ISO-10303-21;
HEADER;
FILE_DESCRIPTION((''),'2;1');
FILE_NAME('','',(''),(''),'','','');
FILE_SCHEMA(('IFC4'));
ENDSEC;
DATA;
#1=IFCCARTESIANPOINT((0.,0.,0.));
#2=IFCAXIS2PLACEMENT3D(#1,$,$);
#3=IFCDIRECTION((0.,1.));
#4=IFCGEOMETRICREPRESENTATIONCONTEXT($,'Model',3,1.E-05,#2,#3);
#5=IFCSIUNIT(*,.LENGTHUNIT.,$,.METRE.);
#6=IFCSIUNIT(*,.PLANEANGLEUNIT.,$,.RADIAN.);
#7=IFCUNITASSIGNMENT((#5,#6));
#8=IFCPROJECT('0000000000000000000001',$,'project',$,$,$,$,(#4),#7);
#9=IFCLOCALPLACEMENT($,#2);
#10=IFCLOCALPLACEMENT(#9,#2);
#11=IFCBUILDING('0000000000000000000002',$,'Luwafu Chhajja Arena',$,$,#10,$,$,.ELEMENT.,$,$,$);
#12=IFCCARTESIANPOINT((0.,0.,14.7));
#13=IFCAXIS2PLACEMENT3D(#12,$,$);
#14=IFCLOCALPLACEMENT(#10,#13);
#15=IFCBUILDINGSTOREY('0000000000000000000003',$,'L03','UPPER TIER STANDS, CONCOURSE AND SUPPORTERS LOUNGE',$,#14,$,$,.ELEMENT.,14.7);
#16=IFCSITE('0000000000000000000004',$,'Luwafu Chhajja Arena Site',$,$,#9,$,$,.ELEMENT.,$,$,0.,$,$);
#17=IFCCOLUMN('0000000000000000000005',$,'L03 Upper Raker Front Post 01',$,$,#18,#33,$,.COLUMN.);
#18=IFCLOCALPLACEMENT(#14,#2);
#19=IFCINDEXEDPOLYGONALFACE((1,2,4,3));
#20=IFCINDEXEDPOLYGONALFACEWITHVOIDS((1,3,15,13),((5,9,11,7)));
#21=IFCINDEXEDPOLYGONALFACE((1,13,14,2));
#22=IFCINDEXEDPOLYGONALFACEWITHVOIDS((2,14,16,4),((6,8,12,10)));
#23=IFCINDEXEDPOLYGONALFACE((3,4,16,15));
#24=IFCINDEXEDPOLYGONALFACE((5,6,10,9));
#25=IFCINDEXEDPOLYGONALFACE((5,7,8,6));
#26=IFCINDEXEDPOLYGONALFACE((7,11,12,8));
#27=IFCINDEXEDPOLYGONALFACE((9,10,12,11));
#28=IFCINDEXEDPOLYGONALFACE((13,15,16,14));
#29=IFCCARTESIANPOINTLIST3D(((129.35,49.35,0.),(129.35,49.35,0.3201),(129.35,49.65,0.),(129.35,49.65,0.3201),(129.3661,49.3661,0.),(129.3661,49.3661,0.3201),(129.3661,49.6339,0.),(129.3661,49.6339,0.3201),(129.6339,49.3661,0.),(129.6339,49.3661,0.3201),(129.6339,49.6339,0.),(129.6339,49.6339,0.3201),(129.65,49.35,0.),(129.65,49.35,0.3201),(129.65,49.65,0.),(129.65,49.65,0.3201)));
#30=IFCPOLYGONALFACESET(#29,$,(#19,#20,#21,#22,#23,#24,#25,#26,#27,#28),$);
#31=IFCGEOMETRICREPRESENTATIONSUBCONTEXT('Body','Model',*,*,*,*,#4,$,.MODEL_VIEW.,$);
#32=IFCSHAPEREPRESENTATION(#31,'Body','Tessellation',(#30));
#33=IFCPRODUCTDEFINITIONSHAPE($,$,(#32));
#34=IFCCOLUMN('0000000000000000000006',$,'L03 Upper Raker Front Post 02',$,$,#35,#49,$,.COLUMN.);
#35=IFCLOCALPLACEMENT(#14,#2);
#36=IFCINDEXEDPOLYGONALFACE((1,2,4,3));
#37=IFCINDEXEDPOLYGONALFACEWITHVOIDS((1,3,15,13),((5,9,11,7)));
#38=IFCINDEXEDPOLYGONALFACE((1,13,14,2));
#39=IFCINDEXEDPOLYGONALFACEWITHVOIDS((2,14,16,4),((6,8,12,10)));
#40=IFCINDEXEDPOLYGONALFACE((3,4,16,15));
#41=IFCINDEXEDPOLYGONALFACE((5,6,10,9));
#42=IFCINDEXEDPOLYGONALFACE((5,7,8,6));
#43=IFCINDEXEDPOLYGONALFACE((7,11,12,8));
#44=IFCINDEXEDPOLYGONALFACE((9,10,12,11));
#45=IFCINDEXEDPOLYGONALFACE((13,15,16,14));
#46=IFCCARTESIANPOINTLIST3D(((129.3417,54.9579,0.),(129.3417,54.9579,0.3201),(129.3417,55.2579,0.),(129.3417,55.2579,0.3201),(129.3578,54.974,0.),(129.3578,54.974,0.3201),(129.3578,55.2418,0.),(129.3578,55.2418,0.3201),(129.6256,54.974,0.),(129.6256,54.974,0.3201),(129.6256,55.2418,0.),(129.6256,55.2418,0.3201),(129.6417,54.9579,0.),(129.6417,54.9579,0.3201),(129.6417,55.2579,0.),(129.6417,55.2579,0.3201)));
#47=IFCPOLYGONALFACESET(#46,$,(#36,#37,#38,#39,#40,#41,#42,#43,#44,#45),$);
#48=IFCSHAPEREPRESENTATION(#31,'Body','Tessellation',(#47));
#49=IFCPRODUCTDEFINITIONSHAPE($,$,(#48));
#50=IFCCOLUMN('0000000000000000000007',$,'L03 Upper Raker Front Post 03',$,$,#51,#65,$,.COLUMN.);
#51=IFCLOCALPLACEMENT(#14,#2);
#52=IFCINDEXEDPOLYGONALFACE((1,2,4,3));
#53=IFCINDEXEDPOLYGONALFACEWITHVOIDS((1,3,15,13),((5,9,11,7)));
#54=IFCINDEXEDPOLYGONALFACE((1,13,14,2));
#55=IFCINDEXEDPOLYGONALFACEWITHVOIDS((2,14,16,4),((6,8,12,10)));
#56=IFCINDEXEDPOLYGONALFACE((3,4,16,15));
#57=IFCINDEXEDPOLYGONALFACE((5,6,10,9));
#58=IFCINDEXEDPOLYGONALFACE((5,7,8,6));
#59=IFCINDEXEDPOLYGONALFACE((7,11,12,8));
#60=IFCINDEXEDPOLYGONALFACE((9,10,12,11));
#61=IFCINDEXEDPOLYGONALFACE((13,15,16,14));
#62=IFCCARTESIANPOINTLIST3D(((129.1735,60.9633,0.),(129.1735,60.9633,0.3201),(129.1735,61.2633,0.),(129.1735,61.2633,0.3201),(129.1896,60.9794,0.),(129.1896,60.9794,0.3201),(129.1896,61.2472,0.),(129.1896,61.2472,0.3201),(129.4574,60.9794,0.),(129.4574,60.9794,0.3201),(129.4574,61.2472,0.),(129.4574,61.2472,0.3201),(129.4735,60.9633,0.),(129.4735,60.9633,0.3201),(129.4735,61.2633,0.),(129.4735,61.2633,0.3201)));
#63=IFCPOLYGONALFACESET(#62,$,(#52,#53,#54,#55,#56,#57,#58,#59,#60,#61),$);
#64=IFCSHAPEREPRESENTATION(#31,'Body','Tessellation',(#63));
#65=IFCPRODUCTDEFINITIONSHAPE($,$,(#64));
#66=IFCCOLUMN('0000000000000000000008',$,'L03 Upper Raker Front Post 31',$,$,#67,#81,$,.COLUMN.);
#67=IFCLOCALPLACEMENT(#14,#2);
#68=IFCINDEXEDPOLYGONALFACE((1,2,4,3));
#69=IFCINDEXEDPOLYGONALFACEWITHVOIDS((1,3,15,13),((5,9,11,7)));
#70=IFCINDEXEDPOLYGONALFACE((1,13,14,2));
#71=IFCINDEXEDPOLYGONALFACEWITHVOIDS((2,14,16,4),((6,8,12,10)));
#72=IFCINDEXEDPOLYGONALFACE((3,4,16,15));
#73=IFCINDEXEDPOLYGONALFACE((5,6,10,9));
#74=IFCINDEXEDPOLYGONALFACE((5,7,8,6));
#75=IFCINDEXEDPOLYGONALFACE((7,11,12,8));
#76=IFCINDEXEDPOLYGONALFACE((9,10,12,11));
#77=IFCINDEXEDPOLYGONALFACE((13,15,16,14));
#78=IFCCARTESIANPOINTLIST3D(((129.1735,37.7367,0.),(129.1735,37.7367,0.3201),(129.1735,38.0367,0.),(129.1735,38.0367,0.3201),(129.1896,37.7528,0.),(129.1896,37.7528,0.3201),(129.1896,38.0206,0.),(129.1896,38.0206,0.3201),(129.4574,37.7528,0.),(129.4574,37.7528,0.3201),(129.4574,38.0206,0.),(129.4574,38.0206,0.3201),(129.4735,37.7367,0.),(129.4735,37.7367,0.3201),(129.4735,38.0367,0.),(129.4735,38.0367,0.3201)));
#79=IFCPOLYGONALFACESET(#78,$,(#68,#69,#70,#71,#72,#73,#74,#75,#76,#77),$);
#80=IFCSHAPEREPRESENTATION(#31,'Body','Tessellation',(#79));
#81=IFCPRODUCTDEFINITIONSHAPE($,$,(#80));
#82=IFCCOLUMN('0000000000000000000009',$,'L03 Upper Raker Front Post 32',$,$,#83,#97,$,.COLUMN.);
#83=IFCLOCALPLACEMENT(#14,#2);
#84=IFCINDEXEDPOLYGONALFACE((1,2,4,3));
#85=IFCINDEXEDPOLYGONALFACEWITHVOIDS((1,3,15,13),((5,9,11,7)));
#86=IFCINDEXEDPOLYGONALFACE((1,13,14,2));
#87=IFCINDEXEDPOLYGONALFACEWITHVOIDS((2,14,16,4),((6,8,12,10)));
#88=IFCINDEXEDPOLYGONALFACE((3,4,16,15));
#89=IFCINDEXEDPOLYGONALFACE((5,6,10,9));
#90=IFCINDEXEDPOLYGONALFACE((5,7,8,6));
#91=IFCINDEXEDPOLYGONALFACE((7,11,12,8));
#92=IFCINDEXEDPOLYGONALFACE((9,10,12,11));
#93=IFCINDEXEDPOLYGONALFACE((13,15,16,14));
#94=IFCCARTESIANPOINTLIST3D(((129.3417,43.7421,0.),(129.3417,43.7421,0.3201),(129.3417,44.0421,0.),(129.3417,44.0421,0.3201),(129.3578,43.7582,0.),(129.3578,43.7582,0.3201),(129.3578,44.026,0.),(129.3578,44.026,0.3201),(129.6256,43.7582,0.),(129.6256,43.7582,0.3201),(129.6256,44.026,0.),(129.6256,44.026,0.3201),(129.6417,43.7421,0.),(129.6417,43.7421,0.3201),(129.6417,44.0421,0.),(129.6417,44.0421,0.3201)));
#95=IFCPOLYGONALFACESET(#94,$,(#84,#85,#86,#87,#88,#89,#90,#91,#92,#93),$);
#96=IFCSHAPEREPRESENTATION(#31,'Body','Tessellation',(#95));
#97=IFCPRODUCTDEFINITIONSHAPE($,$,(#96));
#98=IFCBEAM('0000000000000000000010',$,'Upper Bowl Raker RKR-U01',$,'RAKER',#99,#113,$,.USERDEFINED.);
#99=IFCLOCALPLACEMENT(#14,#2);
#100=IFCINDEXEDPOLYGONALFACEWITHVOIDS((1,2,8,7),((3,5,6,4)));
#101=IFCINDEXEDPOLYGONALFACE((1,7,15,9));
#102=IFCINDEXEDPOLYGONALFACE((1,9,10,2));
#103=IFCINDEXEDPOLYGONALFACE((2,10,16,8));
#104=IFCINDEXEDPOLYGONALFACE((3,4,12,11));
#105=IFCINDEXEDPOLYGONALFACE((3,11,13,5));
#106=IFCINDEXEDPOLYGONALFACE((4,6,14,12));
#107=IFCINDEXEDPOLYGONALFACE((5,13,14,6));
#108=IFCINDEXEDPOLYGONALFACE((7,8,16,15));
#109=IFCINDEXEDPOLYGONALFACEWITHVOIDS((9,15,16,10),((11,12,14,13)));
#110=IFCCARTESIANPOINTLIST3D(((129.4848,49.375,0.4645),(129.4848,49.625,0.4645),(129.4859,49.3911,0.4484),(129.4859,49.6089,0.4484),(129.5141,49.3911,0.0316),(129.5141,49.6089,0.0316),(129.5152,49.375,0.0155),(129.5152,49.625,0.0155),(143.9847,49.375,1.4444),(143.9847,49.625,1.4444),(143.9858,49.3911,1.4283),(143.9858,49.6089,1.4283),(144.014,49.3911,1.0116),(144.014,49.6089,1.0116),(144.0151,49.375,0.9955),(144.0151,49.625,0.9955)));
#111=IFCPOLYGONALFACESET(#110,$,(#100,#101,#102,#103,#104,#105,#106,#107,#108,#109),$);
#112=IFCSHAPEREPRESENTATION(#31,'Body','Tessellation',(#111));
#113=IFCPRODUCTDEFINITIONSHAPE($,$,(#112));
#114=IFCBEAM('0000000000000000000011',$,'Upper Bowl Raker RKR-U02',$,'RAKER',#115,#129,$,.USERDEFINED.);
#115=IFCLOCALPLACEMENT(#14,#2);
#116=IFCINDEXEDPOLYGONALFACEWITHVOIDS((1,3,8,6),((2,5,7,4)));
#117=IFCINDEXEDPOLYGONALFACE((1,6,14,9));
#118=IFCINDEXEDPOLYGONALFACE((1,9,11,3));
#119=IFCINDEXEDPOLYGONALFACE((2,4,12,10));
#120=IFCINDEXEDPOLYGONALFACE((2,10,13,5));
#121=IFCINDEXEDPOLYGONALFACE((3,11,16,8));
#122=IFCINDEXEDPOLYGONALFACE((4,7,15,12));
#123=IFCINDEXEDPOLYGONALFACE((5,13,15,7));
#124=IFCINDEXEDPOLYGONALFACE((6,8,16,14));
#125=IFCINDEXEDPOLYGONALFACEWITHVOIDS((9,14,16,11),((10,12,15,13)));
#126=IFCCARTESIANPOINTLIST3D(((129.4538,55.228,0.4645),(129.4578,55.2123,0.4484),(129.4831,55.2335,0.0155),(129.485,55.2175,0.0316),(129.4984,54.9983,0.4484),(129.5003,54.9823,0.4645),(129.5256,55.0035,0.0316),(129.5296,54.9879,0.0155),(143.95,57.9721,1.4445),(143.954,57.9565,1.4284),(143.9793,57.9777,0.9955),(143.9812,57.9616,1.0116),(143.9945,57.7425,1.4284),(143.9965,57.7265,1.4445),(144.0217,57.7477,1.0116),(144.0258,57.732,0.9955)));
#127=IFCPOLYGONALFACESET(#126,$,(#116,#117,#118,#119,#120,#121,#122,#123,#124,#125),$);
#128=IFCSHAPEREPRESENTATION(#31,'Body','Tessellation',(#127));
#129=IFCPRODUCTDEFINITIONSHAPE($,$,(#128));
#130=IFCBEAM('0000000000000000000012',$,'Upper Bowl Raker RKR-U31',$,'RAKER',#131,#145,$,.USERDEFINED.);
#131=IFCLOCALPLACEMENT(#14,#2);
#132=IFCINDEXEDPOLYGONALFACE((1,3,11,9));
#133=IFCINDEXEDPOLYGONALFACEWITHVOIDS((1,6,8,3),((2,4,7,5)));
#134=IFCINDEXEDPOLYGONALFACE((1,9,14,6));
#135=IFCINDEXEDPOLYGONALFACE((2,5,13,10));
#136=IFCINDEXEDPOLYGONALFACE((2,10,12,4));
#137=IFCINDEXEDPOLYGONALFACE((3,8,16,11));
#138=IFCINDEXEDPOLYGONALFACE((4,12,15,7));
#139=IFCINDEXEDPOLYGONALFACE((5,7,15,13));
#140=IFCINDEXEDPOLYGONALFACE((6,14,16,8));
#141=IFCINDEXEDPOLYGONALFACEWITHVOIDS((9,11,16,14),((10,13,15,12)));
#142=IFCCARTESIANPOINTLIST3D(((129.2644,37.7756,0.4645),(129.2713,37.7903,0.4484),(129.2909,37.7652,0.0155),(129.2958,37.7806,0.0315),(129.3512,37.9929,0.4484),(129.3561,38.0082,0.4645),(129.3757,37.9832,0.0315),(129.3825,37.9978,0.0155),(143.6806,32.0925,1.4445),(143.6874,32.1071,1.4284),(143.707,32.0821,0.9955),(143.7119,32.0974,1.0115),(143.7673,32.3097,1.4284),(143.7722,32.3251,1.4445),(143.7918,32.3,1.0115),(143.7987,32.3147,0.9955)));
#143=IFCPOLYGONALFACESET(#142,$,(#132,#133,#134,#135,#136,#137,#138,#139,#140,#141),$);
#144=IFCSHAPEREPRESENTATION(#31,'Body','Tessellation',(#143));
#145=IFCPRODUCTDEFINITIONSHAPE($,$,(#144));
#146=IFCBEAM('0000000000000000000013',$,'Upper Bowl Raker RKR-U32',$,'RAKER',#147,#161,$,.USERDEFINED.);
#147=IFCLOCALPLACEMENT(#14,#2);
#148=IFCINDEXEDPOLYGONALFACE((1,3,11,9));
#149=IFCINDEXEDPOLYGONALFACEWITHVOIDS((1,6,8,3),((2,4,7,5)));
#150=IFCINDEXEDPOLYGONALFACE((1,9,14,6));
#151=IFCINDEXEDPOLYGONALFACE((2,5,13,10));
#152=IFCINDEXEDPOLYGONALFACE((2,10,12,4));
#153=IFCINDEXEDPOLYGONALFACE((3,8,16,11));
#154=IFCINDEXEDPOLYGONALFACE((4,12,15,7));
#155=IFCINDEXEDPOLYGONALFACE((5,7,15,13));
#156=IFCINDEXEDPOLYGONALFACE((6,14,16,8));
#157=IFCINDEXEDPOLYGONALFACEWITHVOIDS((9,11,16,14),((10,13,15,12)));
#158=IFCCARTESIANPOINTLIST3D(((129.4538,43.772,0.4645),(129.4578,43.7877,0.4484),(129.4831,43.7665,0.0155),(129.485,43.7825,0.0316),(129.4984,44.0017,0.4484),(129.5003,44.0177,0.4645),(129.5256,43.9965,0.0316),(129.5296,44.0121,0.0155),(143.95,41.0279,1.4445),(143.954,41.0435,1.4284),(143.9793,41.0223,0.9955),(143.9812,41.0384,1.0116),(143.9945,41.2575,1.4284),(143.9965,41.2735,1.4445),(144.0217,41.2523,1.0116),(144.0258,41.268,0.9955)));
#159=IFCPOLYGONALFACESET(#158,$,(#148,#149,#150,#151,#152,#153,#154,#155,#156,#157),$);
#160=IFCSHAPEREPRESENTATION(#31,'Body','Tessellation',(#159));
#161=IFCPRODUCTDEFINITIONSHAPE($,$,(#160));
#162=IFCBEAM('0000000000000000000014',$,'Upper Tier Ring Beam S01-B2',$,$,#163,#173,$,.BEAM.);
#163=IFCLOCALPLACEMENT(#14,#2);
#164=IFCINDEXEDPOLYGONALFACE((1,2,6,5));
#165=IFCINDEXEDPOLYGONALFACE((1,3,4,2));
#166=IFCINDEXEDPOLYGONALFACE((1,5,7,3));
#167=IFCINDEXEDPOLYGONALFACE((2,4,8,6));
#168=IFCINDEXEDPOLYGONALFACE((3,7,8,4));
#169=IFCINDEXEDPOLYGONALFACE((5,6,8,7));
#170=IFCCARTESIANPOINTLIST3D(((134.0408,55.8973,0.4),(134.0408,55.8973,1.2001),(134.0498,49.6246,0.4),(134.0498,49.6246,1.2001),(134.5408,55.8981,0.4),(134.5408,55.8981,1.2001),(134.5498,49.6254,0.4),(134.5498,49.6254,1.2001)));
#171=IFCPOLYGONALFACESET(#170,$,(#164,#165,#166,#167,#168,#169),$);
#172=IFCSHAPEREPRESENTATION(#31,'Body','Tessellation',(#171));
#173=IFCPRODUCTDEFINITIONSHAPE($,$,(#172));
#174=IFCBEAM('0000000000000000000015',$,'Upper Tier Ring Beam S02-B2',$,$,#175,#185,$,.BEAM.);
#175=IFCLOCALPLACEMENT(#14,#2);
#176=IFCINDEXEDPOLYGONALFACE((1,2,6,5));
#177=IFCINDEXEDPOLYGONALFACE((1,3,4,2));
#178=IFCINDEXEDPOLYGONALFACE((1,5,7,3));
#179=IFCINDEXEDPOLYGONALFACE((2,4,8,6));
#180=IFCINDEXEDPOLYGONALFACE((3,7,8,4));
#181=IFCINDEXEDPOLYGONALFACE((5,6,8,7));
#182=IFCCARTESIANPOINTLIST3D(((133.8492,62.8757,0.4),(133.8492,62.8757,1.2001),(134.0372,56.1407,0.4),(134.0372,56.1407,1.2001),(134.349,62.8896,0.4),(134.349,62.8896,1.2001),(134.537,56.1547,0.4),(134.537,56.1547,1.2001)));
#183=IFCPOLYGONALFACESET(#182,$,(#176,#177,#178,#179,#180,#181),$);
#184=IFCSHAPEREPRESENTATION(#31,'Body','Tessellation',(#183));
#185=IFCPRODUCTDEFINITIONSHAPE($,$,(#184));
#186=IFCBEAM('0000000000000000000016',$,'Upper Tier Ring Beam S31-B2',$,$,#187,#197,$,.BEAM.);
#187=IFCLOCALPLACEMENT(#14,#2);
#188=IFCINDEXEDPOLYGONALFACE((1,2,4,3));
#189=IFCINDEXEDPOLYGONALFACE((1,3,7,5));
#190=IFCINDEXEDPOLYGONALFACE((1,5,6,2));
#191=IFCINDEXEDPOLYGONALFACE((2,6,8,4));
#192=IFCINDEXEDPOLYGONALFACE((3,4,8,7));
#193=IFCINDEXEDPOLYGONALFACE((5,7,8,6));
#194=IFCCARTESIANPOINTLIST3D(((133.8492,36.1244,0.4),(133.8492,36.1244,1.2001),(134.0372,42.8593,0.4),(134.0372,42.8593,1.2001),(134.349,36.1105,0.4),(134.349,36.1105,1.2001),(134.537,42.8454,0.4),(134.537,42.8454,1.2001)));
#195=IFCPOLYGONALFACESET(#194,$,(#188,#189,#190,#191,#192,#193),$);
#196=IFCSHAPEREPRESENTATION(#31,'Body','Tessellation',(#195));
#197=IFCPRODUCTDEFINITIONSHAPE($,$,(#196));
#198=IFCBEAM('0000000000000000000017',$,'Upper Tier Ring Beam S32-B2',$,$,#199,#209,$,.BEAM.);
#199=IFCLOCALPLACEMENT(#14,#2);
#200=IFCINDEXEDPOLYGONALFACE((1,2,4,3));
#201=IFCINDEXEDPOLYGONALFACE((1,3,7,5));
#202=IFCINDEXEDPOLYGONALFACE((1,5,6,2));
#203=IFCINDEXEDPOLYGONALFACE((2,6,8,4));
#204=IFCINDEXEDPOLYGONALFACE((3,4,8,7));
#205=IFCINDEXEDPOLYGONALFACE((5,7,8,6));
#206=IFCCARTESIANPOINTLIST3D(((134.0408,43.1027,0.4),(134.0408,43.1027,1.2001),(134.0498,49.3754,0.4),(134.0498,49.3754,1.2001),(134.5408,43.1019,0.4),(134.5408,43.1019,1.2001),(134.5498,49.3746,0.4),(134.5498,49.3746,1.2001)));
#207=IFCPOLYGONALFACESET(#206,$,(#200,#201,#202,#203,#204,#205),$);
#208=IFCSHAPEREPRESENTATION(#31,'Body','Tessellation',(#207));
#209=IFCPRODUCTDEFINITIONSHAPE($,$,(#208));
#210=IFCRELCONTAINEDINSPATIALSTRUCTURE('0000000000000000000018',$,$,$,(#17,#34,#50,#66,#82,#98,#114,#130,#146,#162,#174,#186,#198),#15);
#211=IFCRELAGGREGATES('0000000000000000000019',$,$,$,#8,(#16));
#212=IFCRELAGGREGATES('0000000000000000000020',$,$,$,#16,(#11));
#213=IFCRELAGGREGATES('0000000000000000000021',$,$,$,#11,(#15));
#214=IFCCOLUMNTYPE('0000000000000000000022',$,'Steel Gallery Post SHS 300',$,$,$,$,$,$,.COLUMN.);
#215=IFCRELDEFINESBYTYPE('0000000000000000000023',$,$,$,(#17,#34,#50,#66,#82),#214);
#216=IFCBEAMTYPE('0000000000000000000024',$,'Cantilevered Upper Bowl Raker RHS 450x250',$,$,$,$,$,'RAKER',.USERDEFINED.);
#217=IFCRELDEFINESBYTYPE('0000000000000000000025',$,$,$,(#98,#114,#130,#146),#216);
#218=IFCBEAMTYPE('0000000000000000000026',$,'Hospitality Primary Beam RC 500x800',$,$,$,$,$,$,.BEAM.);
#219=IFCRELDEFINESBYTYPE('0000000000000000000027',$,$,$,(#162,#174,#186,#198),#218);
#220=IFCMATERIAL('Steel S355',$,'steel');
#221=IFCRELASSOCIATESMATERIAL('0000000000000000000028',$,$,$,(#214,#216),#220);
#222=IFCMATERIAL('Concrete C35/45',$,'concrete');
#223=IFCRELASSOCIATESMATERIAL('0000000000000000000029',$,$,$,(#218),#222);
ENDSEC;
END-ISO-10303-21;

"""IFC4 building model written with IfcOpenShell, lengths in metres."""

from ifc_helpers import new_model, si_unit, direction, frame, origin, origin_2d, place, context, subcontext, project, spatial, rectangle, hollow_rectangle, extrude, material, material_profile, profile_set, type_object, element, save


model = new_model("IFC4")

# Units and contexts
model_context = context("Model", 3, precision=1e-05, world=origin(), true_north=direction((0.0, 1.0)))
body_context = subcontext(model_context, "Body", "Model", "MODEL_VIEW")
ifc_project = project(units=[si_unit("LENGTHUNIT", "METRE"), si_unit("PLANEANGLEUNIT", "RADIAN")], contexts=[model_context])

# Site, building, storey
site_placement = place(None, origin())
site = spatial("IfcSite", under=ifc_project, at=site_placement, Name="Luwafu Chhajja Arena Site", CompositionType="ELEMENT", RefElevation=0.0)
building_placement = place(site_placement, origin())
building = spatial("IfcBuilding", under=site, at=building_placement, Name="Luwafu Chhajja Arena", CompositionType="ELEMENT")
storey_placement = place(building_placement, frame((0.0, 0.0, 14.7)))
storey = spatial("IfcBuildingStorey", under=building, at=storey_placement, Name="L03", Description="UPPER TIER STANDS, CONCOURSE AND SUPPORTERS LOUNGE", CompositionType="ELEMENT", Elevation=14.7)

# Columns
ifc_material_1 = material(Name="Steel S355", Category="steel")
ifc_material_profile_1 = material_profile(ifc_material_1, hollow_rectangle(XDim=0.3, YDim=0.3, WallThickness=0.0161, at=origin_2d()), Name="SHS 300x300x16")
ifc_profile_set_1 = profile_set([ifc_material_profile_1], Name="Steel S355")
column_type = type_object("IfcColumnType", Name="Steel Gallery Post SHS 300", PredefinedType="COLUMN", material=ifc_profile_set_1)
for number, where, z_axis, x_axis, name in (
    (1, (129.5, 49.5, 0.0), (0.0, 0.0, 1.0), (1.0, 0.0, 0.0), "L03 Upper Raker Front Post 01"),
    (2, (129.4917, 55.1079, 0.0), (0.0, 0.0, 1.0), (1.0, 0.0, 0.0), "L03 Upper Raker Front Post 02"),
    (3, (129.3235, 61.1133, 0.0), (0.0, 0.0, 1.0), (1.0, 0.0, 0.0), "L03 Upper Raker Front Post 03"),
    (4, (129.3235, 37.8867, 0.0), (0.0, 0.0, 1.0), (1.0, 0.0, 0.0), "L03 Upper Raker Front Post 31"),
    (5, (129.4917, 43.8921, 0.0), (0.0, 0.0, 1.0), (1.0, 0.0, 0.0), "L03 Upper Raker Front Post 32"),
):
    element("IfcColumn", number, at=place(storey_placement, frame(where, z_axis=z_axis, x_axis=x_axis)), inside=storey, type_object=column_type, Name=name, PredefinedType="COLUMN", context=body_context, shape_type="SweptSolid", body=[
        extrude(hollow_rectangle(XDim=0.3, YDim=0.3, WallThickness=0.0161, at=origin_2d()), origin(), (0.0, 0.0, 1.0), 0.3201),
    ])

# Beams
ifc_material_profile_2 = material_profile(ifc_material_1, hollow_rectangle(XDim=0.25, YDim=0.45, WallThickness=0.0161, at=origin_2d()), Name="RHS 450x250x16")
ifc_profile_set_2 = profile_set([ifc_material_profile_2], Name="Steel S355")
beam_type_1 = type_object("IfcBeamType", Name="Cantilevered Upper Bowl Raker RHS 450x250", ElementType="RAKER", PredefinedType="USERDEFINED", material=ifc_profile_set_2)
beam_1_placement = place(storey_placement, frame((129.5, 49.5, 0.24), z_axis=(0.997724, 0.0, 0.067431), x_axis=(0.0, 1.0, 0.0)))
element("IfcBeam", 6, at=beam_1_placement, inside=storey, type_object=beam_type_1, Name="Upper Bowl Raker RKR-U01", ObjectType="RAKER", PredefinedType="USERDEFINED", context=body_context, shape_type="SweptSolid", body=[
    extrude(hollow_rectangle(XDim=0.25, YDim=0.45, WallThickness=0.0161, at=origin_2d()), origin(), (0.0, 0.0, 1.0), 14.533),
])
beam_2_placement = place(storey_placement, frame((129.4917, 55.1079, 0.24), z_axis=(0.98039, 0.18559, 0.066277), x_axis=(-0.185999, 0.98255, 0.0)))
element("IfcBeam", 7, at=beam_2_placement, inside=storey, type_object=beam_type_1, Name="Upper Bowl Raker RKR-U02", ObjectType="RAKER", PredefinedType="USERDEFINED", context=body_context, shape_type="SweptSolid", body=[
    extrude(hollow_rectangle(XDim=0.25, YDim=0.45, WallThickness=0.0161, at=origin_2d()), origin(), (0.0, 0.0, 1.0), 14.7861),
])
beam_3_placement = place(storey_placement, frame((129.3235, 37.8867, 0.24), z_axis=(0.928464, -0.366021, 0.063116), x_axis=(0.366752, 0.930319, 0.0)))
element("IfcBeam", 8, at=beam_3_placement, inside=storey, type_object=beam_type_1, Name="Upper Bowl Raker RKR-U31", ObjectType="RAKER", PredefinedType="USERDEFINED", context=body_context, shape_type="SweptSolid", body=[
    extrude(hollow_rectangle(XDim=0.25, YDim=0.45, WallThickness=0.0161, at=origin_2d()), origin(), (0.0, 0.0, 1.0), 15.5269),
])
beam_4_placement = place(storey_placement, frame((129.4917, 43.8921, 0.24), z_axis=(0.98039, -0.18559, 0.066277), x_axis=(0.185999, 0.98255, 0.0)))
element("IfcBeam", 9, at=beam_4_placement, inside=storey, type_object=beam_type_1, Name="Upper Bowl Raker RKR-U32", ObjectType="RAKER", PredefinedType="USERDEFINED", context=body_context, shape_type="SweptSolid", body=[
    extrude(hollow_rectangle(XDim=0.25, YDim=0.45, WallThickness=0.0161, at=origin_2d()), origin(), (0.0, 0.0, 1.0), 14.7861),
])
ifc_material_2 = material(Name="Concrete C35/45", Category="concrete")
ifc_material_profile_3 = material_profile(ifc_material_2, rectangle(XDim=0.5, YDim=0.8, at=origin_2d()), Name="RC 500x800")
ifc_profile_set_3 = profile_set([ifc_material_profile_3], Name="Concrete C35/45")
beam_type_2 = type_object("IfcBeamType", Name="Hospitality Primary Beam RC 500x800", PredefinedType="BEAM", material=ifc_profile_set_3)
beam_5_placement = place(storey_placement, frame((134.2998, 49.625, 0.8), z_axis=(-0.00144, 0.999999, 0.0), x_axis=(-0.999999, -0.00144, 0.0)))
element("IfcBeam", 10, at=beam_5_placement, inside=storey, type_object=beam_type_2, Name="Upper Tier Ring Beam S01-B2", PredefinedType="BEAM", context=body_context, shape_type="SweptSolid", body=[
    extrude(rectangle(XDim=0.5, YDim=0.8, at=origin_2d()), origin(), (0.0, 0.0, 1.0), 6.2727),
])
for number, where, z_axis, x_axis, name in (
    (11, (134.2871, 56.1477, 0.8), (-0.027902, 0.999611, 0.0), (-0.999611, -0.027902, 0.0), "Upper Tier Ring Beam S02-B2"),
    (12, (134.0991, 36.1174, 0.8), (0.027902, 0.999611, 0.0), (-0.999611, 0.027902, 0.0), "Upper Tier Ring Beam S31-B2"),
):
    element("IfcBeam", number, at=place(storey_placement, frame(where, z_axis=z_axis, x_axis=x_axis)), inside=storey, type_object=beam_type_2, Name=name, PredefinedType="BEAM", context=body_context, shape_type="SweptSolid", body=[
        extrude(rectangle(XDim=0.5, YDim=0.8, at=origin_2d()), origin(), (0.0, 0.0, 1.0), 6.7375),
    ])
beam_6_placement = place(storey_placement, frame((134.2908, 43.1023, 0.8), z_axis=(0.00144, 0.999999, 0.0), x_axis=(-0.999999, 0.00144, 0.0)))
element("IfcBeam", 13, at=beam_6_placement, inside=storey, type_object=beam_type_2, Name="Upper Tier Ring Beam S32-B2", PredefinedType="BEAM", context=body_context, shape_type="SweptSolid", body=[
    extrude(rectangle(XDim=0.5, YDim=0.8, at=origin_2d()), origin(), (0.0, 0.0, 1.0), 6.2727),
])

save(model, "model.ifc")
